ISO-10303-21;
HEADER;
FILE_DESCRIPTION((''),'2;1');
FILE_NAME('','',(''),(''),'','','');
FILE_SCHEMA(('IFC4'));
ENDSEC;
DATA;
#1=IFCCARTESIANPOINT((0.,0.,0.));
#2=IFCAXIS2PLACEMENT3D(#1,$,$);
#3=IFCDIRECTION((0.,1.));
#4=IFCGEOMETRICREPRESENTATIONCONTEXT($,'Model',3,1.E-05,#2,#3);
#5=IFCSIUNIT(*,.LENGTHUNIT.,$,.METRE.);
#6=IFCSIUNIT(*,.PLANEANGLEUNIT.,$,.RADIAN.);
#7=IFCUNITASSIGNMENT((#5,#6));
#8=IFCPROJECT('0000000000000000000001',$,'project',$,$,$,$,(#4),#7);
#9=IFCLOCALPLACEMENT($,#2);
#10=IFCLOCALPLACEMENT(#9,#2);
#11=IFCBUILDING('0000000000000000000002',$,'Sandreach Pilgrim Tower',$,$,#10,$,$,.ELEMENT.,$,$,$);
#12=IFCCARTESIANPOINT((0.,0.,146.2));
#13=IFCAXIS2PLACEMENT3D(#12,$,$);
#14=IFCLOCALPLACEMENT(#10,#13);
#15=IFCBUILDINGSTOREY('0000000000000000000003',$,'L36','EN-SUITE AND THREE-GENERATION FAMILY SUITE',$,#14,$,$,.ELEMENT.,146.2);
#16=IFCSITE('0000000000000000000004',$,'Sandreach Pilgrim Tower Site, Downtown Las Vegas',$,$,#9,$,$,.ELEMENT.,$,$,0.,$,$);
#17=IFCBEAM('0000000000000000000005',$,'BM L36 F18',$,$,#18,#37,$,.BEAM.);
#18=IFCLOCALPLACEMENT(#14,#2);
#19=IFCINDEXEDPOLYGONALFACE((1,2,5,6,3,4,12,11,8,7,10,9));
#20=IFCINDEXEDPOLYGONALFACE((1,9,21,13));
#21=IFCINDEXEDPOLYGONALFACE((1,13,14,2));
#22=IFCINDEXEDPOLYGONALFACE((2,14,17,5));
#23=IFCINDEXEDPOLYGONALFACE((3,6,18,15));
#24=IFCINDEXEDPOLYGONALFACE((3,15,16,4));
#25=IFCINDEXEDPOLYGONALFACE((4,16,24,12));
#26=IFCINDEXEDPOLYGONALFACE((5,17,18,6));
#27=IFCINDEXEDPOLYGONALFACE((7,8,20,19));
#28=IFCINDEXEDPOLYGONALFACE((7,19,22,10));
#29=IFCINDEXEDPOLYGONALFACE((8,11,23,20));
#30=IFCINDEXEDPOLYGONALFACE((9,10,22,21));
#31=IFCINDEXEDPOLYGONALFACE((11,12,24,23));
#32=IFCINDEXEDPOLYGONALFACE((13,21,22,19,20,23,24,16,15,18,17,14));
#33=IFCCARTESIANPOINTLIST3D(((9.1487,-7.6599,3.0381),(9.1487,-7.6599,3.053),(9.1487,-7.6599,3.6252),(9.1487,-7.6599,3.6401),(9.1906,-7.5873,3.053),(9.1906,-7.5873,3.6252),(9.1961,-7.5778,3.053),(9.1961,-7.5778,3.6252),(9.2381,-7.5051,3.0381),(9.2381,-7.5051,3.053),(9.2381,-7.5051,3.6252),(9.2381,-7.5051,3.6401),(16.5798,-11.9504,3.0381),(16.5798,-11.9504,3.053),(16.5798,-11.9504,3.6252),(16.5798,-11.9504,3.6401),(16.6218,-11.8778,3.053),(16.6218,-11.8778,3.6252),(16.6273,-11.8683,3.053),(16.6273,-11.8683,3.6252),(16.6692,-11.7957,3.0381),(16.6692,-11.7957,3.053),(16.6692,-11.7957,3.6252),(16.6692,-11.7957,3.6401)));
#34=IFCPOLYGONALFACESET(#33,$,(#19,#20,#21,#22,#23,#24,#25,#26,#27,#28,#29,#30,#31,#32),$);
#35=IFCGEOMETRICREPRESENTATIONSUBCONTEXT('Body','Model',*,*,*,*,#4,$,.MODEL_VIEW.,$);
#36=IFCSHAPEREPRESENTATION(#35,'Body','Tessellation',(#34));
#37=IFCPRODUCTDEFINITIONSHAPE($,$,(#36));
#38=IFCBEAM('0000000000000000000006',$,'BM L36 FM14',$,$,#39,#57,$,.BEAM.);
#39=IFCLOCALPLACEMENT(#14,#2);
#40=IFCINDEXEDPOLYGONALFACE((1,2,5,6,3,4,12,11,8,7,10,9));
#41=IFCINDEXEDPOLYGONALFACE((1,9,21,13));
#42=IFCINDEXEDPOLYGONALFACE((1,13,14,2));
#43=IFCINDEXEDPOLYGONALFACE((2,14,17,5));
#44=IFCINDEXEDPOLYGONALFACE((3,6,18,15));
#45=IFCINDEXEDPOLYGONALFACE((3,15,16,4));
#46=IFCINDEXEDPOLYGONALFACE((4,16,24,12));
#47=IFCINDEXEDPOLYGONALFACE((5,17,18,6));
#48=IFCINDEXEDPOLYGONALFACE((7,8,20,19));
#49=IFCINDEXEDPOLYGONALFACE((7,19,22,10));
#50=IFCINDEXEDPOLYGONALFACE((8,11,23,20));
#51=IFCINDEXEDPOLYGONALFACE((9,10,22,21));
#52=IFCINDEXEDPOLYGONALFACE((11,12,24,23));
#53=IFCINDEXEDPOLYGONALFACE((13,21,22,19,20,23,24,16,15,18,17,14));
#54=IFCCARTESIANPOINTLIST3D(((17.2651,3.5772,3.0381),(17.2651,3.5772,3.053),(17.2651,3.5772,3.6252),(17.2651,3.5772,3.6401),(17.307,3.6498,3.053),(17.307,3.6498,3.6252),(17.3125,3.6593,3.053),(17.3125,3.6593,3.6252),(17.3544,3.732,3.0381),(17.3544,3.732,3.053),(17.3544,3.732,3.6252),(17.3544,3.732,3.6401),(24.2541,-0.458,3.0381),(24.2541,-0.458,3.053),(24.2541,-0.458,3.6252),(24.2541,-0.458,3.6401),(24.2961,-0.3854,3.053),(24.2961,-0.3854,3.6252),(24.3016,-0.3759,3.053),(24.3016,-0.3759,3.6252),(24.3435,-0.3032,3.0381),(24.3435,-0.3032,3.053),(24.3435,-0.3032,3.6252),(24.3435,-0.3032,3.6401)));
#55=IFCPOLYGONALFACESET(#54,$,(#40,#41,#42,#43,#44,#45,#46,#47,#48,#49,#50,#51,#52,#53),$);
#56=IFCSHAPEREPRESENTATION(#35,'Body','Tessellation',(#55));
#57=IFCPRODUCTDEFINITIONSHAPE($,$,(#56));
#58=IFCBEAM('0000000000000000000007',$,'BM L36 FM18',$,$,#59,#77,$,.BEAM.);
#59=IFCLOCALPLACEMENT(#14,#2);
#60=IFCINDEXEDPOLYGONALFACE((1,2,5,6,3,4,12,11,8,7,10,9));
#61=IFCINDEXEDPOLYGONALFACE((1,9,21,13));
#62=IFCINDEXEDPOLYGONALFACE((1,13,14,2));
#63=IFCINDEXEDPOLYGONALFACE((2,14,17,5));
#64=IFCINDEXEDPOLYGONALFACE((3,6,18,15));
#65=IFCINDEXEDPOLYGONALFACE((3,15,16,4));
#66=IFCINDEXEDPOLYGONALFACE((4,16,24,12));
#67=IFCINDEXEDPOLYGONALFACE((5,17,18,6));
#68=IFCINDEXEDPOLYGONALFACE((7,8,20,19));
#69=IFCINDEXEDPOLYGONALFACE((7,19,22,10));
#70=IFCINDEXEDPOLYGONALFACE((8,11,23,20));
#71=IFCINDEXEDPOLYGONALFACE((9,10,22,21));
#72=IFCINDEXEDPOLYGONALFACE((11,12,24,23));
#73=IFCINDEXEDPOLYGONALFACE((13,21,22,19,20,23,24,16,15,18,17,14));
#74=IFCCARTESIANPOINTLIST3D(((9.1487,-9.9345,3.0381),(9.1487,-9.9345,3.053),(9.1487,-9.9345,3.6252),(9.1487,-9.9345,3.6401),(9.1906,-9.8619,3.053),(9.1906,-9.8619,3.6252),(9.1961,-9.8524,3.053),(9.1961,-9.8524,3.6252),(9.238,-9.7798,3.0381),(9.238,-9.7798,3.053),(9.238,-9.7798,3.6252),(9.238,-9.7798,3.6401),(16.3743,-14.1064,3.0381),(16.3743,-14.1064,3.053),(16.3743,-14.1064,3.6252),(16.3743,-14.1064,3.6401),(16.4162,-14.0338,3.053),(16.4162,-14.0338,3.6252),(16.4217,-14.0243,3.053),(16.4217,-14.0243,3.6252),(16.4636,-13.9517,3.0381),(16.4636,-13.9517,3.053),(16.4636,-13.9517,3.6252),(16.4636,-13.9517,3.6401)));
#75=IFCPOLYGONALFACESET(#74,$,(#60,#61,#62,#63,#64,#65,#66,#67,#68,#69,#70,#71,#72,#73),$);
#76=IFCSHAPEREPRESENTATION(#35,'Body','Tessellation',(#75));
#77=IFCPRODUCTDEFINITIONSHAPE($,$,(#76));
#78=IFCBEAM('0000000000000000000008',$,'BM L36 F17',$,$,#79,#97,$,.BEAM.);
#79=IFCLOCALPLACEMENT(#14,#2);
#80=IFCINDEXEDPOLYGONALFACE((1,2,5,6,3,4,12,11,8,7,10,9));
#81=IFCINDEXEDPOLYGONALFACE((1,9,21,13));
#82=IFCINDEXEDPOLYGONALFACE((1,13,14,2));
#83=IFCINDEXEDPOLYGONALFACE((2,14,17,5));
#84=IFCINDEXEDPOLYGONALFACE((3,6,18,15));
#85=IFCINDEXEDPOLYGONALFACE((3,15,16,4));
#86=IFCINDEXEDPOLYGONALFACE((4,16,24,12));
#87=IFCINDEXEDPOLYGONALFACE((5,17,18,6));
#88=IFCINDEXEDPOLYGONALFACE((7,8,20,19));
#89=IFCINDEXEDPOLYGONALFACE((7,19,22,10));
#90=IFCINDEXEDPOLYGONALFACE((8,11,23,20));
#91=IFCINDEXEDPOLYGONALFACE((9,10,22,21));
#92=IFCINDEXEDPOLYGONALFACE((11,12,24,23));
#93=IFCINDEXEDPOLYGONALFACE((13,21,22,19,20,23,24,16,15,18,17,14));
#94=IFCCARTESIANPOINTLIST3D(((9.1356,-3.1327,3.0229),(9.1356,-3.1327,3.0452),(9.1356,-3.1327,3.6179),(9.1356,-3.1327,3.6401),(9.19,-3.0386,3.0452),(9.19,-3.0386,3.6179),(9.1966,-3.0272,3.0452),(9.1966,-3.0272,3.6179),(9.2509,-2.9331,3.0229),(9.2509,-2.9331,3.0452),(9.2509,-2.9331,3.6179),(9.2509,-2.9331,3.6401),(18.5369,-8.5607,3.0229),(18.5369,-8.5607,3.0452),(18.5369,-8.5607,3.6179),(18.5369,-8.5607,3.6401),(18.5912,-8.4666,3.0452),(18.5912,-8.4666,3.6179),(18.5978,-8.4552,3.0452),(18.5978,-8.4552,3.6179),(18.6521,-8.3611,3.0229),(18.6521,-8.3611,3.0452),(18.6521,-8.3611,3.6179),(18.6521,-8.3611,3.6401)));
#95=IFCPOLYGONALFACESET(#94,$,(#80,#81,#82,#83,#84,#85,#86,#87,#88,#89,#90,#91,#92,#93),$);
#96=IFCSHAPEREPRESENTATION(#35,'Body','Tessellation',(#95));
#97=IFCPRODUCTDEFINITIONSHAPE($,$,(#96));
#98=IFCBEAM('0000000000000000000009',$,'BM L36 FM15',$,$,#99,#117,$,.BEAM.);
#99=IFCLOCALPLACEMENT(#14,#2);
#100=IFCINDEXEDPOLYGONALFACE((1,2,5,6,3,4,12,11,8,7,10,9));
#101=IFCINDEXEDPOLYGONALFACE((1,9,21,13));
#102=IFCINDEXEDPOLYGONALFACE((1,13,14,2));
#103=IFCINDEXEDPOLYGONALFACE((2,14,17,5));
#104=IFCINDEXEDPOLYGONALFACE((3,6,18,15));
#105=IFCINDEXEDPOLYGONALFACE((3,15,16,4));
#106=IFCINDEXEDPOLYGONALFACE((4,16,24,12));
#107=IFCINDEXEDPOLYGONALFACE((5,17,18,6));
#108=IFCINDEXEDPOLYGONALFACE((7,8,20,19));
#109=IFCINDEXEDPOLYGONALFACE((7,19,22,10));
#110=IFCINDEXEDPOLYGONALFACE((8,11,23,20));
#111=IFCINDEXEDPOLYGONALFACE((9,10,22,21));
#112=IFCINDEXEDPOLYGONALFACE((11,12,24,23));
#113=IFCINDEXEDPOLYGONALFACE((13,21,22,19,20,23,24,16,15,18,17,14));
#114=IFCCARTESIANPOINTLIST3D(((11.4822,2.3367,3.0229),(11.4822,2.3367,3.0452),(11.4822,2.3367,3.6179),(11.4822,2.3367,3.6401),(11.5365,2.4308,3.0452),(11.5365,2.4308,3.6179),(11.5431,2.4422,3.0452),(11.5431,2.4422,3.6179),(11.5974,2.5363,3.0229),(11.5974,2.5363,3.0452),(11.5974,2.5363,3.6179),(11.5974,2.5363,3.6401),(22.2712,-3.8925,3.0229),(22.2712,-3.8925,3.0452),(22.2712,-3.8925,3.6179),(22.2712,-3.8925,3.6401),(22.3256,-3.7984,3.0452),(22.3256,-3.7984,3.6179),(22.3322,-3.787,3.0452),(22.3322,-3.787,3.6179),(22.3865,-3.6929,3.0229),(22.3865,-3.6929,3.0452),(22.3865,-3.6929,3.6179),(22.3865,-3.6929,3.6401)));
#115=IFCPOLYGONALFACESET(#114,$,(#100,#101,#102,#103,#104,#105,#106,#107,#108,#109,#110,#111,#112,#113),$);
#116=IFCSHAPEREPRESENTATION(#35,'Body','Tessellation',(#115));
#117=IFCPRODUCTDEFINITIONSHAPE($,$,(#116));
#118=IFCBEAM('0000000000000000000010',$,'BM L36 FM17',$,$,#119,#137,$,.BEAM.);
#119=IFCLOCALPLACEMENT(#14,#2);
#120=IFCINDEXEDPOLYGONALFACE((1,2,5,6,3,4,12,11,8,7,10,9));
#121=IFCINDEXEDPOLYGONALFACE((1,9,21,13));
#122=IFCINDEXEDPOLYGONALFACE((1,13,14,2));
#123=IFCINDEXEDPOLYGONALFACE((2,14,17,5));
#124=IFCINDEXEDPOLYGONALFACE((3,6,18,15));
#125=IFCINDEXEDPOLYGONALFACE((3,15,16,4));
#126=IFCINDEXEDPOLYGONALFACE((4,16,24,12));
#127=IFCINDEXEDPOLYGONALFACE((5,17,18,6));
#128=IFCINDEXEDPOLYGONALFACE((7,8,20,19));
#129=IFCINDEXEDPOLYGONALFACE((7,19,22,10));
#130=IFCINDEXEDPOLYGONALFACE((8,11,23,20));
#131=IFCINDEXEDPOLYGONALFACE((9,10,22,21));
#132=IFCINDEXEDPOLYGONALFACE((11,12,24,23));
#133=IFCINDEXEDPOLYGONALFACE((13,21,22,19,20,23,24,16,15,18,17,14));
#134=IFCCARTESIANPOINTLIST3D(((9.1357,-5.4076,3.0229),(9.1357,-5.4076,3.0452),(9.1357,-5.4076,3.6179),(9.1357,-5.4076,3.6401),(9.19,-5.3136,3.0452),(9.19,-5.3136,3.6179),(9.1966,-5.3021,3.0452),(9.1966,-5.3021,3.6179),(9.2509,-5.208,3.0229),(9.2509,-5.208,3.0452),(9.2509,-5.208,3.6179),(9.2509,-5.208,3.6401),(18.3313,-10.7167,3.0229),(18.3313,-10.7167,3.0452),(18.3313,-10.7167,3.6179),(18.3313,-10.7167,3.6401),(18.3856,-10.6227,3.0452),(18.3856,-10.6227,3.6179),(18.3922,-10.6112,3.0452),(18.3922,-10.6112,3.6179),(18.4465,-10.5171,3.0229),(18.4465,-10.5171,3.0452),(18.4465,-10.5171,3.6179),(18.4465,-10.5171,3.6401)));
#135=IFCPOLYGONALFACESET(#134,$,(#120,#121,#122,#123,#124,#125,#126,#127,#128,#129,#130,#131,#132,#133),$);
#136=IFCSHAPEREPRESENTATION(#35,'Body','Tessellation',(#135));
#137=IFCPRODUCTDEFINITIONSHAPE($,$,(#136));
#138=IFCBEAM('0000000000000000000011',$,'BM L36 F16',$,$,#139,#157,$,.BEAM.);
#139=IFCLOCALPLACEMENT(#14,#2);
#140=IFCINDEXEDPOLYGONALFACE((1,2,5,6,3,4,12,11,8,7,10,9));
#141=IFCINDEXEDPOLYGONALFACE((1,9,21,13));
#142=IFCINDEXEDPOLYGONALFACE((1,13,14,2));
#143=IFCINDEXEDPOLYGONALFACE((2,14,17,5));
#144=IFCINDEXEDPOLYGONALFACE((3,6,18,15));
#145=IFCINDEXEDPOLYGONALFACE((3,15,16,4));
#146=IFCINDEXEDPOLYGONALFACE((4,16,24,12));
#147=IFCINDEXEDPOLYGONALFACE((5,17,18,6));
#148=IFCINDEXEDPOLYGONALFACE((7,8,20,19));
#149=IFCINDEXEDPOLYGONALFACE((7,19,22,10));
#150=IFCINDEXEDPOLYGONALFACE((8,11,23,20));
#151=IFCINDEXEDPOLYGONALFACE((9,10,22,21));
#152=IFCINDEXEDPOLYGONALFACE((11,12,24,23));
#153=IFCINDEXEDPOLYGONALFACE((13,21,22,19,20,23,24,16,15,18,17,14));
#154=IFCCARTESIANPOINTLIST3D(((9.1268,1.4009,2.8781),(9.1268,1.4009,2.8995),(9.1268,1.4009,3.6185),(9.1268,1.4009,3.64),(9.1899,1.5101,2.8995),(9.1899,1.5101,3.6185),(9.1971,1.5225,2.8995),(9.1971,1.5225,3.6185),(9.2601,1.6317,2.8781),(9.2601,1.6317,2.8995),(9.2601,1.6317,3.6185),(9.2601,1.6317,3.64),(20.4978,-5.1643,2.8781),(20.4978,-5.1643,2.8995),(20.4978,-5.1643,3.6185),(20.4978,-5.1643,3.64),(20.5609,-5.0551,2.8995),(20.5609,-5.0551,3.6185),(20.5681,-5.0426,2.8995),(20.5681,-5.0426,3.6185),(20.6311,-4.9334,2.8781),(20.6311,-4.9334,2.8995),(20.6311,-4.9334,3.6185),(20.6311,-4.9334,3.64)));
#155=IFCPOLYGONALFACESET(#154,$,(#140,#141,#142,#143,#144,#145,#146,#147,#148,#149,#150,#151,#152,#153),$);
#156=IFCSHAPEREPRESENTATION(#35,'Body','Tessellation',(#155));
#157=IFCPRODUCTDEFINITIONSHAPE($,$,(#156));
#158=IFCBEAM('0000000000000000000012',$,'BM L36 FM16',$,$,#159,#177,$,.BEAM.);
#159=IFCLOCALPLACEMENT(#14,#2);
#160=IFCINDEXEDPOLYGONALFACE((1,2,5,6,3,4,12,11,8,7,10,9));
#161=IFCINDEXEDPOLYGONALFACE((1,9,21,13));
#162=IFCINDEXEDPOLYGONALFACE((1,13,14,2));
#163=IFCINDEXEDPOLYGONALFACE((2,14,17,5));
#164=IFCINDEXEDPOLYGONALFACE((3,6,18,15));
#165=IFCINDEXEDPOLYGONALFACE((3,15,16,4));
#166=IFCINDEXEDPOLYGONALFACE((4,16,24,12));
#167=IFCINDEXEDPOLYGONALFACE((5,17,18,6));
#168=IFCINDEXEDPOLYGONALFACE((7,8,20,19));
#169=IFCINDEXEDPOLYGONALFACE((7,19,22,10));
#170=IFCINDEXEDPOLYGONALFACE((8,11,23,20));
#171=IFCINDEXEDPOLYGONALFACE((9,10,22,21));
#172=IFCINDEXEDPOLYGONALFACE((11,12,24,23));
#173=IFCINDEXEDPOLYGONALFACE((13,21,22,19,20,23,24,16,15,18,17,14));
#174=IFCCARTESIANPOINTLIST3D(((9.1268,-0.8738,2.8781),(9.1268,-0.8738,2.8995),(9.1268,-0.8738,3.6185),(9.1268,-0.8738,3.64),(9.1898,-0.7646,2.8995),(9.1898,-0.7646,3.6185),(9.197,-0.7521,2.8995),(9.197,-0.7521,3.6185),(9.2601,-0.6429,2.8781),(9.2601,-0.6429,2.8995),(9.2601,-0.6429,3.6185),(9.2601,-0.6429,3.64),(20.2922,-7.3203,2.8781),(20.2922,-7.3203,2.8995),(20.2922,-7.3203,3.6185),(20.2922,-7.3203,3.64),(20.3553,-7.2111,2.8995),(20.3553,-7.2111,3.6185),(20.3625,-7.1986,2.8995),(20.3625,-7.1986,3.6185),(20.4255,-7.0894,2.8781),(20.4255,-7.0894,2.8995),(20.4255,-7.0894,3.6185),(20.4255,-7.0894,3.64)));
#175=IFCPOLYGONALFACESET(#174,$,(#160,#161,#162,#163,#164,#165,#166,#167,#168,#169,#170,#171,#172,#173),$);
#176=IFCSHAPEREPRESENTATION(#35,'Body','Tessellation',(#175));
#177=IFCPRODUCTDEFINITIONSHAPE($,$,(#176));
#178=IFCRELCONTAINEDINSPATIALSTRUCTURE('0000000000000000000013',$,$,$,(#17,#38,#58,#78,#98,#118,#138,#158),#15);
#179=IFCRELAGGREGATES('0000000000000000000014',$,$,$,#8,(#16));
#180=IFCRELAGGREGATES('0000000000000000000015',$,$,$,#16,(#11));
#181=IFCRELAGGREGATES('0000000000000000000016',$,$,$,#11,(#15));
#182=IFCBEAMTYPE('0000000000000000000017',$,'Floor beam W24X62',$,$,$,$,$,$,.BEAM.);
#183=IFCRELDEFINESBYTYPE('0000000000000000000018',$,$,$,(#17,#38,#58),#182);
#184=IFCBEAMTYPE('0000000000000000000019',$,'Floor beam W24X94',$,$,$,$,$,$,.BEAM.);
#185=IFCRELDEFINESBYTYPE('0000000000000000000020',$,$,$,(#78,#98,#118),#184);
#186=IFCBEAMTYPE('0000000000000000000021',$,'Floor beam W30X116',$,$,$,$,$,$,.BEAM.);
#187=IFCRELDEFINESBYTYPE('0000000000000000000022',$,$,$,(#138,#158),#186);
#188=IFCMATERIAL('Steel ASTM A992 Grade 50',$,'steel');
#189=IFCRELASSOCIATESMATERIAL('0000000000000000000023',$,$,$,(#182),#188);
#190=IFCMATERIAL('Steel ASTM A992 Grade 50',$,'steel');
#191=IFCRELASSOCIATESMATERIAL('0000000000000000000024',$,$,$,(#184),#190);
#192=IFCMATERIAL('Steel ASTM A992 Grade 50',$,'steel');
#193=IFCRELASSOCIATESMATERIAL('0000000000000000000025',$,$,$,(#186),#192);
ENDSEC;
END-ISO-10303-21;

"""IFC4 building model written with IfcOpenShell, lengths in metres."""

from ifc_helpers import new_model, si_unit, direction, frame, origin, origin_2d, place, context, subcontext, project, spatial, i_section, extrude, material, material_profile, profile_set, type_object, element, save


model = new_model("IFC4")

# Units and contexts
model_context = context("Model", 3, precision=1e-05, world=origin(), true_north=direction((0.0, 1.0)))
body_context = subcontext(model_context, "Body", "Model", "MODEL_VIEW")
ifc_project = project(units=[si_unit("LENGTHUNIT", "METRE"), si_unit("PLANEANGLEUNIT", "RADIAN")], contexts=[model_context])

# Site, building, storey
site_placement = place(None, origin())
site = spatial("IfcSite", under=ifc_project, at=site_placement, Name="Sandreach Pilgrim Tower Site, Downtown Las Vegas", CompositionType="ELEMENT", RefElevation=0.0)
building_placement = place(site_placement, origin())
building = spatial("IfcBuilding", under=site, at=building_placement, Name="Sandreach Pilgrim Tower", CompositionType="ELEMENT")
storey_placement = place(building_placement, frame((0.0, 0.0, 146.2)))
storey = spatial("IfcBuildingStorey", under=building, at=storey_placement, Name="L36", Description="EN-SUITE AND THREE-GENERATION FAMILY SUITE", CompositionType="ELEMENT", Elevation=146.2)

# Beams
ifc_material_1 = material(Name="Steel ASTM A992 Grade 50", Category="steel")
ifc_material_profile_1 = material_profile(ifc_material_1, i_section(OverallWidth=0.1787, OverallDepth=0.6021, WebThickness=0.011, FlangeThickness=0.0149, at=origin_2d()), Name="W24X62")
ifc_profile_set_1 = profile_set([ifc_material_profile_1], Name="Steel ASTM A992 Grade 50")
beam_type_1 = type_object("IfcBeamType", Name="Floor beam W24X62", PredefinedType="BEAM", material=ifc_profile_set_1)
beam_1_placement = place(storey_placement, frame((16.6245, -11.873, 3.3391), z_axis=(-0.866018, 0.500013, 0.0), x_axis=(-0.500013, -0.866018, 0.0)))
element("IfcBeam", 1, at=beam_1_placement, inside=storey, type_object=beam_type_1, Name="BM L36 F18", PredefinedType="BEAM", context=body_context, shape_type="SweptSolid", body=[
    extrude(i_section(OverallWidth=0.1787, OverallDepth=0.6021, WebThickness=0.011, FlangeThickness=0.0149, at=origin_2d()), origin(), (0.0, 0.0, 1.0), 8.5808),
])
beam_2_placement = place(storey_placement, frame((24.2988, -0.3806, 3.3391), z_axis=(-0.866023, 0.500004, 0.0), x_axis=(-0.500004, -0.866023, 0.0)))
element("IfcBeam", 2, at=beam_2_placement, inside=storey, type_object=beam_type_1, Name="BM L36 FM14", PredefinedType="BEAM", context=body_context, shape_type="SweptSolid", body=[
    extrude(i_section(OverallWidth=0.1787, OverallDepth=0.6021, WebThickness=0.011, FlangeThickness=0.0149, at=origin_2d()), origin(), (0.0, 0.0, 1.0), 8.0703),
])
beam_3_placement = place(storey_placement, frame((16.4189, -14.0291, 3.3391), z_axis=(-0.866016, 0.500016, 0.0), x_axis=(-0.500016, -0.866016, 0.0)))
element("IfcBeam", 3, at=beam_3_placement, inside=storey, type_object=beam_type_1, Name="BM L36 FM18", PredefinedType="BEAM", context=body_context, shape_type="SweptSolid", body=[
    extrude(i_section(OverallWidth=0.1787, OverallDepth=0.6021, WebThickness=0.011, FlangeThickness=0.0149, at=origin_2d()), origin(), (0.0, 0.0, 1.0), 8.3435),
])
ifc_material_2 = material(Name="Steel ASTM A992 Grade 50", Category="steel")
ifc_material_profile_2 = material_profile(ifc_material_2, i_section(OverallWidth=0.2305, OverallDepth=0.6172, WebThickness=0.0132, FlangeThickness=0.0222, at=origin_2d()), Name="W24X94")
ifc_profile_set_2 = profile_set([ifc_material_profile_2], Name="Steel ASTM A992 Grade 50")
beam_type_2 = type_object("IfcBeamType", Name="Floor beam W24X94", PredefinedType="BEAM", material=ifc_profile_set_2)
beam_4_placement = place(storey_placement, frame((18.5945, -8.4609, 3.3315), z_axis=(-0.866016, 0.500016, 0.0), x_axis=(-0.500016, -0.866016, 0.0)))
element("IfcBeam", 4, at=beam_4_placement, inside=storey, type_object=beam_type_2, Name="BM L36 F17", PredefinedType="BEAM", context=body_context, shape_type="SweptSolid", body=[
    extrude(i_section(OverallWidth=0.2305, OverallDepth=0.6172, WebThickness=0.0132, FlangeThickness=0.0222, at=origin_2d()), origin(), (0.0, 0.0, 1.0), 10.8557),
])
beam_5_placement = place(storey_placement, frame((22.3289, -3.7927, 3.3315), z_axis=(-0.866019, 0.500011, 0.0), x_axis=(-0.500011, -0.866019, 0.0)))
element("IfcBeam", 5, at=beam_5_placement, inside=storey, type_object=beam_type_2, Name="BM L36 FM15", PredefinedType="BEAM", context=body_context, shape_type="SweptSolid", body=[
    extrude(i_section(OverallWidth=0.2305, OverallDepth=0.6172, WebThickness=0.0132, FlangeThickness=0.0222, at=origin_2d()), origin(), (0.0, 0.0, 1.0), 12.4583),
])
beam_6_placement = place(storey_placement, frame((18.3889, -10.6169, 3.3315), z_axis=(-0.866024, 0.500002, 0.0), x_axis=(-0.500002, -0.866024, 0.0)))
element("IfcBeam", 6, at=beam_6_placement, inside=storey, type_object=beam_type_2, Name="BM L36 FM17", PredefinedType="BEAM", context=body_context, shape_type="SweptSolid", body=[
    extrude(i_section(OverallWidth=0.2305, OverallDepth=0.6172, WebThickness=0.0132, FlangeThickness=0.0222, at=origin_2d()), origin(), (0.0, 0.0, 1.0), 10.6182),
])
ifc_material_3 = material(Name="Steel ASTM A992 Grade 50", Category="steel")
ifc_material_profile_3 = material_profile(ifc_material_3, i_section(OverallWidth=0.2666, OverallDepth=0.762, WebThickness=0.0144, FlangeThickness=0.0215, at=origin_2d()), Name="W30X116")
ifc_profile_set_3 = profile_set([ifc_material_profile_3], Name="Steel ASTM A992 Grade 50")
beam_type_3 = type_object("IfcBeamType", Name="Floor beam W30X116", PredefinedType="BEAM", material=ifc_profile_set_3)
beam_7_placement = place(storey_placement, frame((20.5645, -5.0488, 3.259), z_axis=(-0.866023, 0.500005, 0.0), x_axis=(-0.500005, -0.866023, 0.0)))
element("IfcBeam", 7, at=beam_7_placement, inside=storey, type_object=beam_type_3, Name="BM L36 F16", PredefinedType="BEAM", context=body_context, shape_type="SweptSolid", body=[
    extrude(i_section(OverallWidth=0.2666, OverallDepth=0.762, WebThickness=0.0144, FlangeThickness=0.0215, at=origin_2d()), origin(), (0.0, 0.0, 1.0), 13.1301),
])
beam_8_placement = place(storey_placement, frame((20.3589, -7.2048, 3.259), z_axis=(-0.866022, 0.500007, 0.0), x_axis=(-0.500007, -0.866022, 0.0)))
element("IfcBeam", 8, at=beam_8_placement, inside=storey, type_object=beam_type_3, Name="BM L36 FM16", PredefinedType="BEAM", context=body_context, shape_type="SweptSolid", body=[
    extrude(i_section(OverallWidth=0.2666, OverallDepth=0.762, WebThickness=0.0144, FlangeThickness=0.0215, at=origin_2d()), origin(), (0.0, 0.0, 1.0), 12.8928),
])

save(model, "model.ifc")
